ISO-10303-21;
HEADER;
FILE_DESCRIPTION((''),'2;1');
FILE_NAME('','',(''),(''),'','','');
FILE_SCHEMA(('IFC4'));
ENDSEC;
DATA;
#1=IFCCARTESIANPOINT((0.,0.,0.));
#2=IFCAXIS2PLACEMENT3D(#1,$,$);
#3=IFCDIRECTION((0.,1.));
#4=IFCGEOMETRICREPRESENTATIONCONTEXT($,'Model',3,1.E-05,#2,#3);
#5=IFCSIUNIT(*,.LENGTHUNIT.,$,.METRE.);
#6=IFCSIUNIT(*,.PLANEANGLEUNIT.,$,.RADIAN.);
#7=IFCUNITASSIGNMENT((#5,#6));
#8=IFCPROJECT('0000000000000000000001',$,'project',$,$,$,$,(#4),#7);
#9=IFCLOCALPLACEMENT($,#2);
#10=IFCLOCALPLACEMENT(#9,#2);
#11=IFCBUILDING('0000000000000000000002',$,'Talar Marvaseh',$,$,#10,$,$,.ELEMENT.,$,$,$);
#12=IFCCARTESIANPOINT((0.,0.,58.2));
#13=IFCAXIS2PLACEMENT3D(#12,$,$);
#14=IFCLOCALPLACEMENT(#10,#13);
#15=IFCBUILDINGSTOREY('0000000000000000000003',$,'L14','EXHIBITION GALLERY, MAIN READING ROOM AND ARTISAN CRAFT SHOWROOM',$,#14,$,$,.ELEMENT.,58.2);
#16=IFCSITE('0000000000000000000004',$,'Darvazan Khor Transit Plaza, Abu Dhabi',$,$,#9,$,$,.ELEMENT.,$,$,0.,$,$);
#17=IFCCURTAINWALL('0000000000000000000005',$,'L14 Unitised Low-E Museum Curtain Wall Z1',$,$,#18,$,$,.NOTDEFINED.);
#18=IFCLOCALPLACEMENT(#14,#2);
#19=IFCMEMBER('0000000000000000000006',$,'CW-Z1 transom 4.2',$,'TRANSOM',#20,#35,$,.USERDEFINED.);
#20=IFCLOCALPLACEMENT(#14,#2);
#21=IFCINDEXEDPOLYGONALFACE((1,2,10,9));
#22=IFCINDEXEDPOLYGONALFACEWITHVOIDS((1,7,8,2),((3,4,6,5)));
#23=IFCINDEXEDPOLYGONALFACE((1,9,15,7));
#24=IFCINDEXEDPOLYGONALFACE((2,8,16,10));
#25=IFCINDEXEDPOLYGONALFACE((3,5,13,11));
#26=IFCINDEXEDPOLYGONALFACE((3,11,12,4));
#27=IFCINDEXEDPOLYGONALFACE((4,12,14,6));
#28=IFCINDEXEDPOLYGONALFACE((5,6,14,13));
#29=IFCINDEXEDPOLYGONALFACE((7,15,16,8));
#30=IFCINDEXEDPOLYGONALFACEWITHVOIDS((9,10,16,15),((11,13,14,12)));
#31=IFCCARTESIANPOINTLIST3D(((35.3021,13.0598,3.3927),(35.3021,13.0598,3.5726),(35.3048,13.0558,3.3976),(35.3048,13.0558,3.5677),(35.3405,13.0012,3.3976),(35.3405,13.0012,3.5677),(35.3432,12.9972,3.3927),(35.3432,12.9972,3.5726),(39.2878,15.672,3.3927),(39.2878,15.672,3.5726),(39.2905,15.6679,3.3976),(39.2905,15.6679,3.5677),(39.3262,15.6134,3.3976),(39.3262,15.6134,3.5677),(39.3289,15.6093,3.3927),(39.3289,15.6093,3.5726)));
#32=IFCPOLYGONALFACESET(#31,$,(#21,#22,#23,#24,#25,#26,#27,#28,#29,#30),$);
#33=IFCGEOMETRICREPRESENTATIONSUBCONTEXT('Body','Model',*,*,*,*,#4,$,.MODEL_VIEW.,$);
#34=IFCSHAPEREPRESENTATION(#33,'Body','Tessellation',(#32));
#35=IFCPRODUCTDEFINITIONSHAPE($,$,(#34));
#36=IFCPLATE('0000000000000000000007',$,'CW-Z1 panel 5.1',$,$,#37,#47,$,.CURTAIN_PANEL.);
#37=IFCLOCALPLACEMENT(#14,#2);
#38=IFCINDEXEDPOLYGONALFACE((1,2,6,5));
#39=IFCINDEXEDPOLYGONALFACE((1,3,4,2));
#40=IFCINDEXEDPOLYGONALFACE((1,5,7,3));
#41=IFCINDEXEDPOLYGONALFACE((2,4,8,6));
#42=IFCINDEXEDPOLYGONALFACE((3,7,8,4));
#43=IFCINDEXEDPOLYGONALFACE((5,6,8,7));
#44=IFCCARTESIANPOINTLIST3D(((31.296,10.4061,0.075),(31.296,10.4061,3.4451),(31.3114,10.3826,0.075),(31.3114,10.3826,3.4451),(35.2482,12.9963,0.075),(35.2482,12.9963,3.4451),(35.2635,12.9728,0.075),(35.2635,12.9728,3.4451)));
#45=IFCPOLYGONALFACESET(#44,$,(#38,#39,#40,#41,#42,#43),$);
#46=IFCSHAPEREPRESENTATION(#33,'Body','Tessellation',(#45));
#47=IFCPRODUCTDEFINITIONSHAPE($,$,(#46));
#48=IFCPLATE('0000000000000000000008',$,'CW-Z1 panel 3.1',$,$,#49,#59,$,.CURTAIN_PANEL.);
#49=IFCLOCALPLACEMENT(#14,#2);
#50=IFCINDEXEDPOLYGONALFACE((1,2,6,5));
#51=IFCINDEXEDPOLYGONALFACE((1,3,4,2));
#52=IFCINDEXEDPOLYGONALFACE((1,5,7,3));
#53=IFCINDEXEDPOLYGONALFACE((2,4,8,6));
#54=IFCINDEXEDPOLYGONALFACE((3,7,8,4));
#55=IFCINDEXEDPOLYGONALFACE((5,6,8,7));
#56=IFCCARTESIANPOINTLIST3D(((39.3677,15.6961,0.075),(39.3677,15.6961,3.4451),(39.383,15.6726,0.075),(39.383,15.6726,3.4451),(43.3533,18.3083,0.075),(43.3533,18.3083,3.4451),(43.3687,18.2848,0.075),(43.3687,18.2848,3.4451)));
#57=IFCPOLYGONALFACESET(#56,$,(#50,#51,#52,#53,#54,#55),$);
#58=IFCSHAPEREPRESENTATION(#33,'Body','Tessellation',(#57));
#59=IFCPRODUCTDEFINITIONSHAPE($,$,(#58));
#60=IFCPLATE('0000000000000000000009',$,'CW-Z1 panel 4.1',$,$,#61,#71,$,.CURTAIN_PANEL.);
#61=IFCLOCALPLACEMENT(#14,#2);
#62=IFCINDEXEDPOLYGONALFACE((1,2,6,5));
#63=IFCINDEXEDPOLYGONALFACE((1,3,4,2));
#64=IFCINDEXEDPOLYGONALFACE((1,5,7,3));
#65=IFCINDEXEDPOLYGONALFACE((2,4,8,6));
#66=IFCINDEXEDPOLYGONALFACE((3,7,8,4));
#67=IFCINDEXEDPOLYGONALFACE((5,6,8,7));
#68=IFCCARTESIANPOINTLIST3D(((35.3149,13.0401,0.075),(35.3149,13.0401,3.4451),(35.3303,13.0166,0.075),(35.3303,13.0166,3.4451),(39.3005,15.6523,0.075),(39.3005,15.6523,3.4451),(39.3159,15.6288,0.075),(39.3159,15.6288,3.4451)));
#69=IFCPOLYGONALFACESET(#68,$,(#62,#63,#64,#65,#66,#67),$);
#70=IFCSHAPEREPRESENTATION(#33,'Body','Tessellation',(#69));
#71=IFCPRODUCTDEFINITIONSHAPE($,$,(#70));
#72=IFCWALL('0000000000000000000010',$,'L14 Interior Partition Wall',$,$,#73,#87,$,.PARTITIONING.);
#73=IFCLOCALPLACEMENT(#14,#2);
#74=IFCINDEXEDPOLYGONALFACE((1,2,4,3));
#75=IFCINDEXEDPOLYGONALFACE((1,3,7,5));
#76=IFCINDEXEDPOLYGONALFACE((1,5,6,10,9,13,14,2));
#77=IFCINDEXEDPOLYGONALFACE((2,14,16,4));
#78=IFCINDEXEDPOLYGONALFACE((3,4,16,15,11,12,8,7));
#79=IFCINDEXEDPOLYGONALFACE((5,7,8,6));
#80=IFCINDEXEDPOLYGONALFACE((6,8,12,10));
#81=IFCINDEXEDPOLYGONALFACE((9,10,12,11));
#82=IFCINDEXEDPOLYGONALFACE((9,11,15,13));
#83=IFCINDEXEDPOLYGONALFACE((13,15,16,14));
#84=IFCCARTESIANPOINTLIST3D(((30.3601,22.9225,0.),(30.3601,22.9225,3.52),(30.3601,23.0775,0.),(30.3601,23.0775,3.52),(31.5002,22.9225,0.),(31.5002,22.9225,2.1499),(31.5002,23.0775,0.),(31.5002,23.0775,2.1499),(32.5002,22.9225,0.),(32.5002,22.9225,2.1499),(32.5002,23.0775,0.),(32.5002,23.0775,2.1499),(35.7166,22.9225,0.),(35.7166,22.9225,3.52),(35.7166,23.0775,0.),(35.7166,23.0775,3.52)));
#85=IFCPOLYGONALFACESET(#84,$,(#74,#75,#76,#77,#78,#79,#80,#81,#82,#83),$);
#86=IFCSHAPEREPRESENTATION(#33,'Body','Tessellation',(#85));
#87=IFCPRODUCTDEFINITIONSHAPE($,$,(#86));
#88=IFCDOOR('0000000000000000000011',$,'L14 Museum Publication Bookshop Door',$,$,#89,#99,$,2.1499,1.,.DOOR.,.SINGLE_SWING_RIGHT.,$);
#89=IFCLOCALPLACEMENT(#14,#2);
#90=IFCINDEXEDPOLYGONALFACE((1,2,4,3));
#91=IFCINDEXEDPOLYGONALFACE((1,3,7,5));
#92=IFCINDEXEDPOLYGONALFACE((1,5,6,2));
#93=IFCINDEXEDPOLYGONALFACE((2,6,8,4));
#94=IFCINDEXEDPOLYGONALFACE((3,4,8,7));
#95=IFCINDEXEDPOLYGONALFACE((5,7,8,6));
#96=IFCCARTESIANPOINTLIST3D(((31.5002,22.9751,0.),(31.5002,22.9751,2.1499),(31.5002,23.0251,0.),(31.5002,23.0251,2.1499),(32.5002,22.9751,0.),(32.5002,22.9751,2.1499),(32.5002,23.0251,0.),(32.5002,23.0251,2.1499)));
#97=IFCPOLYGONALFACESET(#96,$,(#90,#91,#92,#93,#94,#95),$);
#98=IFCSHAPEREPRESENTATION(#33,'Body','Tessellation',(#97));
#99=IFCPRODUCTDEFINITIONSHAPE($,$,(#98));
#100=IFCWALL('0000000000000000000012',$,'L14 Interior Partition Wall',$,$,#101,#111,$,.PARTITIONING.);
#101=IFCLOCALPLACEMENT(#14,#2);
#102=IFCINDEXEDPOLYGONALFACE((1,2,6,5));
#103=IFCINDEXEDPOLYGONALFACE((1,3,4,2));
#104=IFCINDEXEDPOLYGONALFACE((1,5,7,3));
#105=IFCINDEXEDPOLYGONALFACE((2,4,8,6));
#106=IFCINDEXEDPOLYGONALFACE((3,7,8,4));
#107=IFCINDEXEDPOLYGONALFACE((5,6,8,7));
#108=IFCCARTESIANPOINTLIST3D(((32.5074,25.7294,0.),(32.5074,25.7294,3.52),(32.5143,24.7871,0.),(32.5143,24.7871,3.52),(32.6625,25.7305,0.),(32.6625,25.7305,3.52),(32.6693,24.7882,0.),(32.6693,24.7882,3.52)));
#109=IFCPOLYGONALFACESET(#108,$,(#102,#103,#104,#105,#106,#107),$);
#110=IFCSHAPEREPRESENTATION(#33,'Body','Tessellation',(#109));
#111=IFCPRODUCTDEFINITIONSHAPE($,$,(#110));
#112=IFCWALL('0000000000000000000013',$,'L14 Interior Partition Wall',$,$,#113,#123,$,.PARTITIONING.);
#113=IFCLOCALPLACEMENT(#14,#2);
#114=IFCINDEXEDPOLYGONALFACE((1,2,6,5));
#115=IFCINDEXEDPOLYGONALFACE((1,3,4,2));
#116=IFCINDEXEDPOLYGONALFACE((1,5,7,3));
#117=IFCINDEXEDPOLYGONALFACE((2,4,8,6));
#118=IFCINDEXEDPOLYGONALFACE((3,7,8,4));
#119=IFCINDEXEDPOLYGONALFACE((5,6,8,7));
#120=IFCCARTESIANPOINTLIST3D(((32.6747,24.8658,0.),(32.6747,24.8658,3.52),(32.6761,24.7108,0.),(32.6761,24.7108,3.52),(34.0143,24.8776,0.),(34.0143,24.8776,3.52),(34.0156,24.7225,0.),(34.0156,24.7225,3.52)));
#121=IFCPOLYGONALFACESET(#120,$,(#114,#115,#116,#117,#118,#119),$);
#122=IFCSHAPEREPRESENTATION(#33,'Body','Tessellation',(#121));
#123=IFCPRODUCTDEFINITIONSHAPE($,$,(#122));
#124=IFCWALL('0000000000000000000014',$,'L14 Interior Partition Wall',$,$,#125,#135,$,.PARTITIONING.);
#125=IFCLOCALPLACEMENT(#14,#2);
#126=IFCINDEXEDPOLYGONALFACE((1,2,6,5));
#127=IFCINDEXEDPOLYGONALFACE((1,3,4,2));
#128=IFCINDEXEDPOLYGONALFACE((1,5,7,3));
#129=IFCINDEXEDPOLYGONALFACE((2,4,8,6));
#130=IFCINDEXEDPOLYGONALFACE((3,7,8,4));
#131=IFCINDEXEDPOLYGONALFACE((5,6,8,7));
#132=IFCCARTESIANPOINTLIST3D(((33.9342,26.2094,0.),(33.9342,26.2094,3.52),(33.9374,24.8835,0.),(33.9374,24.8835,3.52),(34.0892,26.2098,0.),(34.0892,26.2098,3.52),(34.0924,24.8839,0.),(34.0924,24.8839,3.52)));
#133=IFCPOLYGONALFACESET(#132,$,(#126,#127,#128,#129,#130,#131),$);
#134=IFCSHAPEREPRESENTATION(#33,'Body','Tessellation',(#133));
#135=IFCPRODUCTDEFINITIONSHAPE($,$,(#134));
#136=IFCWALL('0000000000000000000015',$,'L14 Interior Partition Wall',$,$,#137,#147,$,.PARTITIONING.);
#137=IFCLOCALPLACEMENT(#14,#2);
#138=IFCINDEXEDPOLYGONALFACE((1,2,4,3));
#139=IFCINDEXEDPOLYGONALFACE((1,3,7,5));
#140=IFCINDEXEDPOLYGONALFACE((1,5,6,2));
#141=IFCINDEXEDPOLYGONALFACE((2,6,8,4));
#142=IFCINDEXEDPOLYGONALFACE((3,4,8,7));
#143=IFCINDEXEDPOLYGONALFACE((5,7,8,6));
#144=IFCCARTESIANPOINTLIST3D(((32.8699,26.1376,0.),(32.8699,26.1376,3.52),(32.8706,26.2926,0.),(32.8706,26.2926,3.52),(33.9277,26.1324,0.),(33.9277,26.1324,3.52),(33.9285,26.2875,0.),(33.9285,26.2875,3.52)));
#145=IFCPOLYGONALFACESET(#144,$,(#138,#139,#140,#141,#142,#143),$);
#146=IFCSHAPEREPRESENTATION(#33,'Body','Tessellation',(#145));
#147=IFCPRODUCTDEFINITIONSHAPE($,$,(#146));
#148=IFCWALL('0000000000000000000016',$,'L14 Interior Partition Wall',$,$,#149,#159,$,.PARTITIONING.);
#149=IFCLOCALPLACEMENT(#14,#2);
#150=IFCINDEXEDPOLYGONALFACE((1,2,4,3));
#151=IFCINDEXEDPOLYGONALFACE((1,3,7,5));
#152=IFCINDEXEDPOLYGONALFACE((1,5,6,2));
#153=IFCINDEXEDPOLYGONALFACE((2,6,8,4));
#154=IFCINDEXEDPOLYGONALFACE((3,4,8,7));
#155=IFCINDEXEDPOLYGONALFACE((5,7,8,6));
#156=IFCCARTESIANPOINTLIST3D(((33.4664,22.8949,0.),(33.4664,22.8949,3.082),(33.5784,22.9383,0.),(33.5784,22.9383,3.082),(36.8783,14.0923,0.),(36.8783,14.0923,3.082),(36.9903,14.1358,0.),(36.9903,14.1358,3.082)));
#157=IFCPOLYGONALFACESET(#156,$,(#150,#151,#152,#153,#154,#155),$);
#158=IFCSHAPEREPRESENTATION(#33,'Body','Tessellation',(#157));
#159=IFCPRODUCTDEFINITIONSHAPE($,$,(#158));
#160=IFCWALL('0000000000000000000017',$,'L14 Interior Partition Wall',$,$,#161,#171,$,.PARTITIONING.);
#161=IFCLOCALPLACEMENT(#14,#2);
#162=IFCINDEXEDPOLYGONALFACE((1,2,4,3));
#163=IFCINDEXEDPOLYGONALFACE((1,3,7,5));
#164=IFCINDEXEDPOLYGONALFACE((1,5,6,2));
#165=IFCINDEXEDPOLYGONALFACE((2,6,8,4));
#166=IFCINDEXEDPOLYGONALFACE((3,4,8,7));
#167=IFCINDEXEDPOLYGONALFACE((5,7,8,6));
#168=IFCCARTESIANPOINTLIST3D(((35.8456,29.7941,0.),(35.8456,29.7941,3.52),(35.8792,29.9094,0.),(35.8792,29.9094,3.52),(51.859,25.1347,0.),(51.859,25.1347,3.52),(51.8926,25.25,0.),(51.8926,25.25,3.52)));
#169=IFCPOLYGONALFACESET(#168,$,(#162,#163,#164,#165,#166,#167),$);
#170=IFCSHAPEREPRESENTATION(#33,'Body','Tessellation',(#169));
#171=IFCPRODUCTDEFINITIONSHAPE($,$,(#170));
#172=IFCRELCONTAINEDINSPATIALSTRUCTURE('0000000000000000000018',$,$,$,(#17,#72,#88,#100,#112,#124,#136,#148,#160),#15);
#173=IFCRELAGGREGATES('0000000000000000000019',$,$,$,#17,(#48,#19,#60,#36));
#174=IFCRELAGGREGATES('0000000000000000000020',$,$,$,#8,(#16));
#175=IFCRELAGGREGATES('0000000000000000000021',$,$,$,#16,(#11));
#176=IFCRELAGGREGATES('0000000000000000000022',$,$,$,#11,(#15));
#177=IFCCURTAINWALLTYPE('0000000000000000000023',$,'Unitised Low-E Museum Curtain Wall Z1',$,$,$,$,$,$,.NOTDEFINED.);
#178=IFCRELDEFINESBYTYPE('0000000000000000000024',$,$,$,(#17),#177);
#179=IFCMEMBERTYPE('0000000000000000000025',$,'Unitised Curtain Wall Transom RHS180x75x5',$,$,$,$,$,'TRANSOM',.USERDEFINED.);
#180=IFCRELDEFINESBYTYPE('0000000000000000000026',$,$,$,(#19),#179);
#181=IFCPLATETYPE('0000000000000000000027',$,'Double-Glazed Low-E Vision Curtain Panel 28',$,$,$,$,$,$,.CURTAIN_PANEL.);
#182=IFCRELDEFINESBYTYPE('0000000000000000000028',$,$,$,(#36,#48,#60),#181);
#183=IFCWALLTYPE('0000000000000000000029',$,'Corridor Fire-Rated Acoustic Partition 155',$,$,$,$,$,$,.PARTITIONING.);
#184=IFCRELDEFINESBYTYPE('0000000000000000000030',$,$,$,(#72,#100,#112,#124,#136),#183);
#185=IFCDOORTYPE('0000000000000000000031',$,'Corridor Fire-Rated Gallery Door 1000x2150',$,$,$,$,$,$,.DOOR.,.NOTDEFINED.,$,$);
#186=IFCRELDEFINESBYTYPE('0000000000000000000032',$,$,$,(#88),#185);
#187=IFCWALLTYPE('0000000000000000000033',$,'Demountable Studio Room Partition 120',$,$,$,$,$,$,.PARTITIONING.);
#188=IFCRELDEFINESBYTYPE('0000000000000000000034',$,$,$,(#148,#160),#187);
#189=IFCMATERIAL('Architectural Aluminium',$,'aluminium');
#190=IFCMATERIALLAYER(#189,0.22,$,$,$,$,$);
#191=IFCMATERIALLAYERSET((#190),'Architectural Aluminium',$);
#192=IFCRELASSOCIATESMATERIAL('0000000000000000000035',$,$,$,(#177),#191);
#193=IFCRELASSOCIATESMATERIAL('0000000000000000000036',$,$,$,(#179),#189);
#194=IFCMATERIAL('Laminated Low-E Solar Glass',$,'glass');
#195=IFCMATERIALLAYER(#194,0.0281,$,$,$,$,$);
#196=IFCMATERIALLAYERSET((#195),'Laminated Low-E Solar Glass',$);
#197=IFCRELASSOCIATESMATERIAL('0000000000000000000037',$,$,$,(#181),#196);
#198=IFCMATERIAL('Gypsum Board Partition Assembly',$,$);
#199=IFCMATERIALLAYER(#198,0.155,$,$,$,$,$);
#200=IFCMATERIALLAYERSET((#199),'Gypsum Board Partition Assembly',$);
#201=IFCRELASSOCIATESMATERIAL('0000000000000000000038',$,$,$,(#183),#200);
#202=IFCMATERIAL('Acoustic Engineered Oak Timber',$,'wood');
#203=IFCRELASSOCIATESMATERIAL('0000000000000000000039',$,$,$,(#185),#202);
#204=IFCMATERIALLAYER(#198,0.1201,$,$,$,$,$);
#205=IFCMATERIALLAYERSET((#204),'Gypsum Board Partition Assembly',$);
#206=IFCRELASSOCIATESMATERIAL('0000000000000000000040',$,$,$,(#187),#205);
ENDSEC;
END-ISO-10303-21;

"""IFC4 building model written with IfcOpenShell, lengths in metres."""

from ifc_helpers import new_model, si_unit, direction, frame, frame_2d, origin, origin_2d, place, context, subcontext, project, spatial, rectangle, hollow_rectangle, extrude, source, transform, mapped, material, layer, layer_set, material_profile, profile_set, type_object, type_shapes, element, fill, aggregate, save


model = new_model("IFC4")

# Units and contexts
model_context = context("Model", 3, precision=1e-05, world=origin(), true_north=direction((0.0, 1.0)))
body_context = subcontext(model_context, "Body", "Model", "MODEL_VIEW")
ifc_project = project(units=[si_unit("LENGTHUNIT", "METRE"), si_unit("PLANEANGLEUNIT", "RADIAN")], contexts=[model_context])

# Site, building, storey
site_placement = place(None, origin())
site = spatial("IfcSite", under=ifc_project, at=site_placement, Name="Darvazan Khor Transit Plaza, Abu Dhabi", CompositionType="ELEMENT", RefElevation=0.0)
building_placement = place(site_placement, origin())
building = spatial("IfcBuilding", under=site, at=building_placement, Name="Talar Marvaseh", CompositionType="ELEMENT")
storey_placement = place(building_placement, frame((0.0, 0.0, 58.2)))
storey = spatial("IfcBuildingStorey", under=building, at=storey_placement, Name="L14", Description="EXHIBITION GALLERY, MAIN READING ROOM AND ARTISAN CRAFT SHOWROOM", CompositionType="ELEMENT", Elevation=58.2)

# Curtain wall, member, plates
ifc_material_1 = material(Name="Architectural Aluminium", Category="aluminium")
ifc_layer_1 = layer(ifc_material_1, 0.22)
ifc_layer_set_1 = layer_set([ifc_layer_1], Name="Architectural Aluminium")
curtain_wall_type = type_object("IfcCurtainWallType", Name="Unitised Low-E Museum Curtain Wall Z1", PredefinedType="NOTDEFINED", material=ifc_layer_set_1)
curtain_wall_placement = place(storey_placement, origin())
curtain_wall = element("IfcCurtainWall", 1, at=curtain_wall_placement, inside=storey, type_object=curtain_wall_type, Name="L14 Unitised Low-E Museum Curtain Wall Z1", PredefinedType="NOTDEFINED")
ifc_material_profile_1 = material_profile(ifc_material_1, hollow_rectangle(XDim=0.075, YDim=0.1799, WallThickness=0.0049, at=origin_2d()), Name="RHS180x75x5")
ifc_profile_set_1 = profile_set([ifc_material_profile_1], Name="Architectural Aluminium")
member_type_1 = type_object("IfcMemberType", Name="Unitised Curtain Wall Transom RHS180x75x5", ElementType="TRANSOM", PredefinedType="USERDEFINED", material=ifc_profile_set_1)
shared_shape_1 = source(origin(), body_context, "Body", "SweptSolid", [
    extrude(hollow_rectangle(XDim=0.075, YDim=0.1799, WallThickness=0.0049, at=origin_2d()), origin(), (0.0, 0.0, 1.0), 4.7654),
])
member_1_placement = place(storey_placement, frame((39.3083, 15.6406, 3.4827), z_axis=(-0.836383, -0.548145, 0.0), x_axis=(0.548145, -0.836383, 0.0)))
member_1 = element("IfcMember", 2, at=member_1_placement, type_object=member_type_1, Name="CW-Z1 transom 4.2", ObjectType="TRANSOM", PredefinedType="USERDEFINED", context=body_context, shape_type="MappedRepresentation", body=[
    mapped(shared_shape_1, transform((0.0, 0.0, 0.0), x_axis=(1.0, 0.0, 0.0), y_axis=(0.0, 1.0, 0.0), z_axis=(0.0, 0.0, 1.0), scale=1.0)),
])
ifc_material_2 = material(Name="Laminated Low-E Solar Glass", Category="glass")
ifc_layer_2 = layer(ifc_material_2, 0.0281)
ifc_layer_set_2 = layer_set([ifc_layer_2], Name="Laminated Low-E Solar Glass")
plate_type = type_object("IfcPlateType", Name="Double-Glazed Low-E Vision Curtain Panel 28", PredefinedType="CURTAIN_PANEL", material=ifc_layer_set_2)
shared_shape_2 = source(origin(), body_context, "Body", "SweptSolid", [
    extrude(rectangle(XDim=4.7253, YDim=0.0281, at=origin_2d()), origin(), (0.0, 0.0, 1.0), 3.3701),
])
plate_1_placement = place(storey_placement, frame((33.2798, 11.6895, 0.075), z_axis=(0.0, 0.0, 1.0), x_axis=(-0.836371, -0.548164, 0.0)))
plate_1 = element("IfcPlate", 3, at=plate_1_placement, type_object=plate_type, Name="CW-Z1 panel 5.1", PredefinedType="CURTAIN_PANEL", context=body_context, shape_type="MappedRepresentation", body=[
    mapped(shared_shape_2, transform((0.0, 0.0, 0.0), x_axis=(1.0, 0.0, 0.0), y_axis=(0.0, 1.0, 0.0), z_axis=(0.0, 0.0, 1.0), scale=1.0)),
])
shared_shape_3 = source(origin(), body_context, "Body", "SweptSolid", [
    extrude(rectangle(XDim=4.7654, YDim=0.0281, at=origin_2d()), origin(), (0.0, 0.0, 1.0), 3.3701),
])
type_shapes(plate_type, [shared_shape_2, shared_shape_3])
plate_2_placement = place(storey_placement, frame((41.3682, 16.9905, 0.075), z_axis=(0.0, 0.0, 1.0), x_axis=(-0.836371, -0.548164, 0.0)))
plate_2 = element("IfcPlate", 4, at=plate_2_placement, type_object=plate_type, Name="CW-Z1 panel 3.1", PredefinedType="CURTAIN_PANEL", context=body_context, shape_type="MappedRepresentation", body=[
    mapped(shared_shape_3, transform((0.0, 0.0, 0.0), x_axis=(1.0, 0.0, 0.0), y_axis=(0.0, 1.0, 0.0), z_axis=(0.0, 0.0, 1.0), scale=1.0)),
])
plate_3_placement = place(storey_placement, frame((37.3154, 14.3345, 0.075), z_axis=(0.0, 0.0, 1.0), x_axis=(-0.836371, -0.548164, 0.0)))
plate_3 = element("IfcPlate", 5, at=plate_3_placement, type_object=plate_type, Name="CW-Z1 panel 4.1", PredefinedType="CURTAIN_PANEL", context=body_context, shape_type="MappedRepresentation", body=[
    mapped(shared_shape_3, transform((0.0, 0.0, 0.0), x_axis=(1.0, 0.0, 0.0), y_axis=(0.0, 1.0, 0.0), z_axis=(0.0, 0.0, 1.0), scale=1.0)),
])
aggregate(curtain_wall, [plate_2, member_1, plate_3, plate_1])

# Wall, opening, door
ifc_material_3 = material(Name="Gypsum Board Partition Assembly")
ifc_layer_3 = layer(ifc_material_3, 0.155)
ifc_layer_set_3 = layer_set([ifc_layer_3], Name="Gypsum Board Partition Assembly")
wall_type_1 = type_object("IfcWallType", Name="Corridor Fire-Rated Acoustic Partition 155", PredefinedType="PARTITIONING", material=ifc_layer_set_3)
wall_1_placement = place(storey_placement, frame((35.7166, 23.0, 0.0), z_axis=(0.0, 0.0, 1.0), x_axis=(-1.0, 0.0, 0.0)))
wall_1 = element("IfcWall", 6, at=wall_1_placement, inside=storey, type_object=wall_type_1, Name="L14 Interior Partition Wall", PredefinedType="PARTITIONING", context=body_context, shape_type="SweptSolid", body=[
    extrude(rectangle(XDim=5.3564, YDim=0.155, at=frame_2d((2.6782, 0.0))), origin(), (0.0, 0.0, 1.0), 3.52),
])
opening_1_placement = place(wall_1_placement, frame((3.2163, 0.0, 0.0)))
opening_1 = element("IfcOpeningElement", 7, at=opening_1_placement, cuts=wall_1, PredefinedType="OPENING", context=body_context, shape_type="SweptSolid", body=[
    extrude(rectangle(XDim=1.0, YDim=2.1499, at=frame_2d((0.5, 1.075))), frame((0.0, 0.0874, 0.0), z_axis=(0.0, -1.0, 0.0), x_axis=(1.0, 0.0, 0.0)), (0.0, 0.0, 1.0), 0.175),
])
ifc_material_4 = material(Name="Acoustic Engineered Oak Timber", Category="wood")
door_type_1 = type_object("IfcDoorType", Name="Corridor Fire-Rated Gallery Door 1000x2150", OperationType="NOTDEFINED", PredefinedType="DOOR", material=ifc_material_4)
shared_shape_4 = source(origin(), body_context, "Body", "SweptSolid", [
    extrude(rectangle(XDim=1.0, YDim=2.1499, at=frame_2d((0.5, 1.075))), frame((0.0, 0.0249, 0.0), z_axis=(0.0, -1.0, 0.0), x_axis=(1.0, 0.0, 0.0)), (0.0, 0.0, 1.0), 0.05),
])
type_shapes(door_type_1, [shared_shape_4])
door_1_placement = place(opening_1_placement, origin())
door_1 = element("IfcDoor", 8, at=door_1_placement, inside=storey, type_object=door_type_1, Name="L14 Museum Publication Bookshop Door", OperationType="SINGLE_SWING_RIGHT", OverallHeight=2.1499, OverallWidth=1.0, PredefinedType="DOOR", context=body_context, shape_type="MappedRepresentation", body=[
    mapped(shared_shape_4, transform((0.0, 0.0, 0.0), x_axis=(1.0, 0.0, 0.0), y_axis=(0.0, 1.0, 0.0), z_axis=(0.0, 0.0, 1.0), scale=1.0)),
])
fill(opening_1, door_1)

# Walls
wall_2_placement = place(storey_placement, frame((32.585, 25.73, 0.0), z_axis=(0.0, 0.0, 1.0), x_axis=(0.007254, -0.999974, 0.0)))
element("IfcWall", 9, at=wall_2_placement, inside=storey, type_object=wall_type_1, Name="L14 Interior Partition Wall", PredefinedType="PARTITIONING", context=body_context, shape_type="SweptSolid", body=[
    extrude(rectangle(XDim=0.9424, YDim=0.155, at=frame_2d((0.4712, 0.0))), origin(), (0.0, 0.0, 1.0), 3.52),
])
wall_3_placement = place(storey_placement, frame((32.6753, 24.7883, 0.0), z_axis=(0.0, 0.0, 1.0), x_axis=(0.999962, 0.008748, 0.0)))
element("IfcWall", 10, at=wall_3_placement, inside=storey, type_object=wall_type_1, Name="L14 Interior Partition Wall", PredefinedType="PARTITIONING", context=body_context, shape_type="SweptSolid", body=[
    extrude(rectangle(XDim=1.3396, YDim=0.155, at=frame_2d((0.6699, 0.0))), origin(), (0.0, 0.0, 1.0), 3.52),
])
wall_4_placement = place(storey_placement, frame((34.0149, 24.8835, 0.0), z_axis=(0.0, 0.0, 1.0), x_axis=(-0.002394, 0.999997, 0.0)))
element("IfcWall", 11, at=wall_4_placement, inside=storey, type_object=wall_type_1, Name="L14 Interior Partition Wall", PredefinedType="PARTITIONING", context=body_context, shape_type="SweptSolid", body=[
    extrude(rectangle(XDim=1.3259, YDim=0.155, at=frame_2d((0.6631, 0.0))), origin(), (0.0, 0.0, 1.0), 3.52),
])
wall_5_placement = place(storey_placement, frame((33.928, 26.21, 0.0), z_axis=(0.0, 0.0, 1.0), x_axis=(-0.999988, 0.004846, 0.0)))
element("IfcWall", 12, at=wall_5_placement, inside=storey, type_object=wall_type_1, Name="L14 Interior Partition Wall", PredefinedType="PARTITIONING", context=body_context, shape_type="SweptSolid", body=[
    extrude(rectangle(XDim=1.0579, YDim=0.155, at=frame_2d((0.5288, 0.0))), origin(), (0.0, 0.0, 1.0), 3.52),
])
ifc_layer_4 = layer(ifc_material_3, 0.1201)
ifc_layer_set_4 = layer_set([ifc_layer_4], Name="Gypsum Board Partition Assembly")
wall_type_2 = type_object("IfcWallType", Name="Demountable Studio Room Partition 120", PredefinedType="PARTITIONING", material=ifc_layer_set_4)
wall_6_placement = place(storey_placement, frame((33.5225, 22.9165, 0.0), z_axis=(0.0, 0.0, 1.0), x_axis=(0.361404, -0.932409, 0.0)))
element("IfcWall", 13, at=wall_6_placement, inside=storey, type_object=wall_type_2, Name="L14 Interior Partition Wall", PredefinedType="PARTITIONING", context=body_context, shape_type="SweptSolid", body=[
    extrude(rectangle(XDim=9.4407, YDim=0.1201, at=frame_2d((4.7202, 0.0))), origin(), (0.0, 0.0, 1.0), 3.082),
])
wall_7_placement = place(storey_placement, frame((35.8623, 29.8518, 0.0), z_axis=(0.0, 0.0, 1.0), x_axis=(0.96018, -0.279383, 0.0)))
element("IfcWall", 14, at=wall_7_placement, inside=storey, type_object=wall_type_2, Name="L14 Interior Partition Wall", PredefinedType="PARTITIONING", context=body_context, shape_type="SweptSolid", body=[
    extrude(rectangle(XDim=16.6775, YDim=0.1201, at=frame_2d((8.3389, 0.0))), origin(), (0.0, 0.0, 1.0), 3.52),
])

save(model, "model.ifc")
